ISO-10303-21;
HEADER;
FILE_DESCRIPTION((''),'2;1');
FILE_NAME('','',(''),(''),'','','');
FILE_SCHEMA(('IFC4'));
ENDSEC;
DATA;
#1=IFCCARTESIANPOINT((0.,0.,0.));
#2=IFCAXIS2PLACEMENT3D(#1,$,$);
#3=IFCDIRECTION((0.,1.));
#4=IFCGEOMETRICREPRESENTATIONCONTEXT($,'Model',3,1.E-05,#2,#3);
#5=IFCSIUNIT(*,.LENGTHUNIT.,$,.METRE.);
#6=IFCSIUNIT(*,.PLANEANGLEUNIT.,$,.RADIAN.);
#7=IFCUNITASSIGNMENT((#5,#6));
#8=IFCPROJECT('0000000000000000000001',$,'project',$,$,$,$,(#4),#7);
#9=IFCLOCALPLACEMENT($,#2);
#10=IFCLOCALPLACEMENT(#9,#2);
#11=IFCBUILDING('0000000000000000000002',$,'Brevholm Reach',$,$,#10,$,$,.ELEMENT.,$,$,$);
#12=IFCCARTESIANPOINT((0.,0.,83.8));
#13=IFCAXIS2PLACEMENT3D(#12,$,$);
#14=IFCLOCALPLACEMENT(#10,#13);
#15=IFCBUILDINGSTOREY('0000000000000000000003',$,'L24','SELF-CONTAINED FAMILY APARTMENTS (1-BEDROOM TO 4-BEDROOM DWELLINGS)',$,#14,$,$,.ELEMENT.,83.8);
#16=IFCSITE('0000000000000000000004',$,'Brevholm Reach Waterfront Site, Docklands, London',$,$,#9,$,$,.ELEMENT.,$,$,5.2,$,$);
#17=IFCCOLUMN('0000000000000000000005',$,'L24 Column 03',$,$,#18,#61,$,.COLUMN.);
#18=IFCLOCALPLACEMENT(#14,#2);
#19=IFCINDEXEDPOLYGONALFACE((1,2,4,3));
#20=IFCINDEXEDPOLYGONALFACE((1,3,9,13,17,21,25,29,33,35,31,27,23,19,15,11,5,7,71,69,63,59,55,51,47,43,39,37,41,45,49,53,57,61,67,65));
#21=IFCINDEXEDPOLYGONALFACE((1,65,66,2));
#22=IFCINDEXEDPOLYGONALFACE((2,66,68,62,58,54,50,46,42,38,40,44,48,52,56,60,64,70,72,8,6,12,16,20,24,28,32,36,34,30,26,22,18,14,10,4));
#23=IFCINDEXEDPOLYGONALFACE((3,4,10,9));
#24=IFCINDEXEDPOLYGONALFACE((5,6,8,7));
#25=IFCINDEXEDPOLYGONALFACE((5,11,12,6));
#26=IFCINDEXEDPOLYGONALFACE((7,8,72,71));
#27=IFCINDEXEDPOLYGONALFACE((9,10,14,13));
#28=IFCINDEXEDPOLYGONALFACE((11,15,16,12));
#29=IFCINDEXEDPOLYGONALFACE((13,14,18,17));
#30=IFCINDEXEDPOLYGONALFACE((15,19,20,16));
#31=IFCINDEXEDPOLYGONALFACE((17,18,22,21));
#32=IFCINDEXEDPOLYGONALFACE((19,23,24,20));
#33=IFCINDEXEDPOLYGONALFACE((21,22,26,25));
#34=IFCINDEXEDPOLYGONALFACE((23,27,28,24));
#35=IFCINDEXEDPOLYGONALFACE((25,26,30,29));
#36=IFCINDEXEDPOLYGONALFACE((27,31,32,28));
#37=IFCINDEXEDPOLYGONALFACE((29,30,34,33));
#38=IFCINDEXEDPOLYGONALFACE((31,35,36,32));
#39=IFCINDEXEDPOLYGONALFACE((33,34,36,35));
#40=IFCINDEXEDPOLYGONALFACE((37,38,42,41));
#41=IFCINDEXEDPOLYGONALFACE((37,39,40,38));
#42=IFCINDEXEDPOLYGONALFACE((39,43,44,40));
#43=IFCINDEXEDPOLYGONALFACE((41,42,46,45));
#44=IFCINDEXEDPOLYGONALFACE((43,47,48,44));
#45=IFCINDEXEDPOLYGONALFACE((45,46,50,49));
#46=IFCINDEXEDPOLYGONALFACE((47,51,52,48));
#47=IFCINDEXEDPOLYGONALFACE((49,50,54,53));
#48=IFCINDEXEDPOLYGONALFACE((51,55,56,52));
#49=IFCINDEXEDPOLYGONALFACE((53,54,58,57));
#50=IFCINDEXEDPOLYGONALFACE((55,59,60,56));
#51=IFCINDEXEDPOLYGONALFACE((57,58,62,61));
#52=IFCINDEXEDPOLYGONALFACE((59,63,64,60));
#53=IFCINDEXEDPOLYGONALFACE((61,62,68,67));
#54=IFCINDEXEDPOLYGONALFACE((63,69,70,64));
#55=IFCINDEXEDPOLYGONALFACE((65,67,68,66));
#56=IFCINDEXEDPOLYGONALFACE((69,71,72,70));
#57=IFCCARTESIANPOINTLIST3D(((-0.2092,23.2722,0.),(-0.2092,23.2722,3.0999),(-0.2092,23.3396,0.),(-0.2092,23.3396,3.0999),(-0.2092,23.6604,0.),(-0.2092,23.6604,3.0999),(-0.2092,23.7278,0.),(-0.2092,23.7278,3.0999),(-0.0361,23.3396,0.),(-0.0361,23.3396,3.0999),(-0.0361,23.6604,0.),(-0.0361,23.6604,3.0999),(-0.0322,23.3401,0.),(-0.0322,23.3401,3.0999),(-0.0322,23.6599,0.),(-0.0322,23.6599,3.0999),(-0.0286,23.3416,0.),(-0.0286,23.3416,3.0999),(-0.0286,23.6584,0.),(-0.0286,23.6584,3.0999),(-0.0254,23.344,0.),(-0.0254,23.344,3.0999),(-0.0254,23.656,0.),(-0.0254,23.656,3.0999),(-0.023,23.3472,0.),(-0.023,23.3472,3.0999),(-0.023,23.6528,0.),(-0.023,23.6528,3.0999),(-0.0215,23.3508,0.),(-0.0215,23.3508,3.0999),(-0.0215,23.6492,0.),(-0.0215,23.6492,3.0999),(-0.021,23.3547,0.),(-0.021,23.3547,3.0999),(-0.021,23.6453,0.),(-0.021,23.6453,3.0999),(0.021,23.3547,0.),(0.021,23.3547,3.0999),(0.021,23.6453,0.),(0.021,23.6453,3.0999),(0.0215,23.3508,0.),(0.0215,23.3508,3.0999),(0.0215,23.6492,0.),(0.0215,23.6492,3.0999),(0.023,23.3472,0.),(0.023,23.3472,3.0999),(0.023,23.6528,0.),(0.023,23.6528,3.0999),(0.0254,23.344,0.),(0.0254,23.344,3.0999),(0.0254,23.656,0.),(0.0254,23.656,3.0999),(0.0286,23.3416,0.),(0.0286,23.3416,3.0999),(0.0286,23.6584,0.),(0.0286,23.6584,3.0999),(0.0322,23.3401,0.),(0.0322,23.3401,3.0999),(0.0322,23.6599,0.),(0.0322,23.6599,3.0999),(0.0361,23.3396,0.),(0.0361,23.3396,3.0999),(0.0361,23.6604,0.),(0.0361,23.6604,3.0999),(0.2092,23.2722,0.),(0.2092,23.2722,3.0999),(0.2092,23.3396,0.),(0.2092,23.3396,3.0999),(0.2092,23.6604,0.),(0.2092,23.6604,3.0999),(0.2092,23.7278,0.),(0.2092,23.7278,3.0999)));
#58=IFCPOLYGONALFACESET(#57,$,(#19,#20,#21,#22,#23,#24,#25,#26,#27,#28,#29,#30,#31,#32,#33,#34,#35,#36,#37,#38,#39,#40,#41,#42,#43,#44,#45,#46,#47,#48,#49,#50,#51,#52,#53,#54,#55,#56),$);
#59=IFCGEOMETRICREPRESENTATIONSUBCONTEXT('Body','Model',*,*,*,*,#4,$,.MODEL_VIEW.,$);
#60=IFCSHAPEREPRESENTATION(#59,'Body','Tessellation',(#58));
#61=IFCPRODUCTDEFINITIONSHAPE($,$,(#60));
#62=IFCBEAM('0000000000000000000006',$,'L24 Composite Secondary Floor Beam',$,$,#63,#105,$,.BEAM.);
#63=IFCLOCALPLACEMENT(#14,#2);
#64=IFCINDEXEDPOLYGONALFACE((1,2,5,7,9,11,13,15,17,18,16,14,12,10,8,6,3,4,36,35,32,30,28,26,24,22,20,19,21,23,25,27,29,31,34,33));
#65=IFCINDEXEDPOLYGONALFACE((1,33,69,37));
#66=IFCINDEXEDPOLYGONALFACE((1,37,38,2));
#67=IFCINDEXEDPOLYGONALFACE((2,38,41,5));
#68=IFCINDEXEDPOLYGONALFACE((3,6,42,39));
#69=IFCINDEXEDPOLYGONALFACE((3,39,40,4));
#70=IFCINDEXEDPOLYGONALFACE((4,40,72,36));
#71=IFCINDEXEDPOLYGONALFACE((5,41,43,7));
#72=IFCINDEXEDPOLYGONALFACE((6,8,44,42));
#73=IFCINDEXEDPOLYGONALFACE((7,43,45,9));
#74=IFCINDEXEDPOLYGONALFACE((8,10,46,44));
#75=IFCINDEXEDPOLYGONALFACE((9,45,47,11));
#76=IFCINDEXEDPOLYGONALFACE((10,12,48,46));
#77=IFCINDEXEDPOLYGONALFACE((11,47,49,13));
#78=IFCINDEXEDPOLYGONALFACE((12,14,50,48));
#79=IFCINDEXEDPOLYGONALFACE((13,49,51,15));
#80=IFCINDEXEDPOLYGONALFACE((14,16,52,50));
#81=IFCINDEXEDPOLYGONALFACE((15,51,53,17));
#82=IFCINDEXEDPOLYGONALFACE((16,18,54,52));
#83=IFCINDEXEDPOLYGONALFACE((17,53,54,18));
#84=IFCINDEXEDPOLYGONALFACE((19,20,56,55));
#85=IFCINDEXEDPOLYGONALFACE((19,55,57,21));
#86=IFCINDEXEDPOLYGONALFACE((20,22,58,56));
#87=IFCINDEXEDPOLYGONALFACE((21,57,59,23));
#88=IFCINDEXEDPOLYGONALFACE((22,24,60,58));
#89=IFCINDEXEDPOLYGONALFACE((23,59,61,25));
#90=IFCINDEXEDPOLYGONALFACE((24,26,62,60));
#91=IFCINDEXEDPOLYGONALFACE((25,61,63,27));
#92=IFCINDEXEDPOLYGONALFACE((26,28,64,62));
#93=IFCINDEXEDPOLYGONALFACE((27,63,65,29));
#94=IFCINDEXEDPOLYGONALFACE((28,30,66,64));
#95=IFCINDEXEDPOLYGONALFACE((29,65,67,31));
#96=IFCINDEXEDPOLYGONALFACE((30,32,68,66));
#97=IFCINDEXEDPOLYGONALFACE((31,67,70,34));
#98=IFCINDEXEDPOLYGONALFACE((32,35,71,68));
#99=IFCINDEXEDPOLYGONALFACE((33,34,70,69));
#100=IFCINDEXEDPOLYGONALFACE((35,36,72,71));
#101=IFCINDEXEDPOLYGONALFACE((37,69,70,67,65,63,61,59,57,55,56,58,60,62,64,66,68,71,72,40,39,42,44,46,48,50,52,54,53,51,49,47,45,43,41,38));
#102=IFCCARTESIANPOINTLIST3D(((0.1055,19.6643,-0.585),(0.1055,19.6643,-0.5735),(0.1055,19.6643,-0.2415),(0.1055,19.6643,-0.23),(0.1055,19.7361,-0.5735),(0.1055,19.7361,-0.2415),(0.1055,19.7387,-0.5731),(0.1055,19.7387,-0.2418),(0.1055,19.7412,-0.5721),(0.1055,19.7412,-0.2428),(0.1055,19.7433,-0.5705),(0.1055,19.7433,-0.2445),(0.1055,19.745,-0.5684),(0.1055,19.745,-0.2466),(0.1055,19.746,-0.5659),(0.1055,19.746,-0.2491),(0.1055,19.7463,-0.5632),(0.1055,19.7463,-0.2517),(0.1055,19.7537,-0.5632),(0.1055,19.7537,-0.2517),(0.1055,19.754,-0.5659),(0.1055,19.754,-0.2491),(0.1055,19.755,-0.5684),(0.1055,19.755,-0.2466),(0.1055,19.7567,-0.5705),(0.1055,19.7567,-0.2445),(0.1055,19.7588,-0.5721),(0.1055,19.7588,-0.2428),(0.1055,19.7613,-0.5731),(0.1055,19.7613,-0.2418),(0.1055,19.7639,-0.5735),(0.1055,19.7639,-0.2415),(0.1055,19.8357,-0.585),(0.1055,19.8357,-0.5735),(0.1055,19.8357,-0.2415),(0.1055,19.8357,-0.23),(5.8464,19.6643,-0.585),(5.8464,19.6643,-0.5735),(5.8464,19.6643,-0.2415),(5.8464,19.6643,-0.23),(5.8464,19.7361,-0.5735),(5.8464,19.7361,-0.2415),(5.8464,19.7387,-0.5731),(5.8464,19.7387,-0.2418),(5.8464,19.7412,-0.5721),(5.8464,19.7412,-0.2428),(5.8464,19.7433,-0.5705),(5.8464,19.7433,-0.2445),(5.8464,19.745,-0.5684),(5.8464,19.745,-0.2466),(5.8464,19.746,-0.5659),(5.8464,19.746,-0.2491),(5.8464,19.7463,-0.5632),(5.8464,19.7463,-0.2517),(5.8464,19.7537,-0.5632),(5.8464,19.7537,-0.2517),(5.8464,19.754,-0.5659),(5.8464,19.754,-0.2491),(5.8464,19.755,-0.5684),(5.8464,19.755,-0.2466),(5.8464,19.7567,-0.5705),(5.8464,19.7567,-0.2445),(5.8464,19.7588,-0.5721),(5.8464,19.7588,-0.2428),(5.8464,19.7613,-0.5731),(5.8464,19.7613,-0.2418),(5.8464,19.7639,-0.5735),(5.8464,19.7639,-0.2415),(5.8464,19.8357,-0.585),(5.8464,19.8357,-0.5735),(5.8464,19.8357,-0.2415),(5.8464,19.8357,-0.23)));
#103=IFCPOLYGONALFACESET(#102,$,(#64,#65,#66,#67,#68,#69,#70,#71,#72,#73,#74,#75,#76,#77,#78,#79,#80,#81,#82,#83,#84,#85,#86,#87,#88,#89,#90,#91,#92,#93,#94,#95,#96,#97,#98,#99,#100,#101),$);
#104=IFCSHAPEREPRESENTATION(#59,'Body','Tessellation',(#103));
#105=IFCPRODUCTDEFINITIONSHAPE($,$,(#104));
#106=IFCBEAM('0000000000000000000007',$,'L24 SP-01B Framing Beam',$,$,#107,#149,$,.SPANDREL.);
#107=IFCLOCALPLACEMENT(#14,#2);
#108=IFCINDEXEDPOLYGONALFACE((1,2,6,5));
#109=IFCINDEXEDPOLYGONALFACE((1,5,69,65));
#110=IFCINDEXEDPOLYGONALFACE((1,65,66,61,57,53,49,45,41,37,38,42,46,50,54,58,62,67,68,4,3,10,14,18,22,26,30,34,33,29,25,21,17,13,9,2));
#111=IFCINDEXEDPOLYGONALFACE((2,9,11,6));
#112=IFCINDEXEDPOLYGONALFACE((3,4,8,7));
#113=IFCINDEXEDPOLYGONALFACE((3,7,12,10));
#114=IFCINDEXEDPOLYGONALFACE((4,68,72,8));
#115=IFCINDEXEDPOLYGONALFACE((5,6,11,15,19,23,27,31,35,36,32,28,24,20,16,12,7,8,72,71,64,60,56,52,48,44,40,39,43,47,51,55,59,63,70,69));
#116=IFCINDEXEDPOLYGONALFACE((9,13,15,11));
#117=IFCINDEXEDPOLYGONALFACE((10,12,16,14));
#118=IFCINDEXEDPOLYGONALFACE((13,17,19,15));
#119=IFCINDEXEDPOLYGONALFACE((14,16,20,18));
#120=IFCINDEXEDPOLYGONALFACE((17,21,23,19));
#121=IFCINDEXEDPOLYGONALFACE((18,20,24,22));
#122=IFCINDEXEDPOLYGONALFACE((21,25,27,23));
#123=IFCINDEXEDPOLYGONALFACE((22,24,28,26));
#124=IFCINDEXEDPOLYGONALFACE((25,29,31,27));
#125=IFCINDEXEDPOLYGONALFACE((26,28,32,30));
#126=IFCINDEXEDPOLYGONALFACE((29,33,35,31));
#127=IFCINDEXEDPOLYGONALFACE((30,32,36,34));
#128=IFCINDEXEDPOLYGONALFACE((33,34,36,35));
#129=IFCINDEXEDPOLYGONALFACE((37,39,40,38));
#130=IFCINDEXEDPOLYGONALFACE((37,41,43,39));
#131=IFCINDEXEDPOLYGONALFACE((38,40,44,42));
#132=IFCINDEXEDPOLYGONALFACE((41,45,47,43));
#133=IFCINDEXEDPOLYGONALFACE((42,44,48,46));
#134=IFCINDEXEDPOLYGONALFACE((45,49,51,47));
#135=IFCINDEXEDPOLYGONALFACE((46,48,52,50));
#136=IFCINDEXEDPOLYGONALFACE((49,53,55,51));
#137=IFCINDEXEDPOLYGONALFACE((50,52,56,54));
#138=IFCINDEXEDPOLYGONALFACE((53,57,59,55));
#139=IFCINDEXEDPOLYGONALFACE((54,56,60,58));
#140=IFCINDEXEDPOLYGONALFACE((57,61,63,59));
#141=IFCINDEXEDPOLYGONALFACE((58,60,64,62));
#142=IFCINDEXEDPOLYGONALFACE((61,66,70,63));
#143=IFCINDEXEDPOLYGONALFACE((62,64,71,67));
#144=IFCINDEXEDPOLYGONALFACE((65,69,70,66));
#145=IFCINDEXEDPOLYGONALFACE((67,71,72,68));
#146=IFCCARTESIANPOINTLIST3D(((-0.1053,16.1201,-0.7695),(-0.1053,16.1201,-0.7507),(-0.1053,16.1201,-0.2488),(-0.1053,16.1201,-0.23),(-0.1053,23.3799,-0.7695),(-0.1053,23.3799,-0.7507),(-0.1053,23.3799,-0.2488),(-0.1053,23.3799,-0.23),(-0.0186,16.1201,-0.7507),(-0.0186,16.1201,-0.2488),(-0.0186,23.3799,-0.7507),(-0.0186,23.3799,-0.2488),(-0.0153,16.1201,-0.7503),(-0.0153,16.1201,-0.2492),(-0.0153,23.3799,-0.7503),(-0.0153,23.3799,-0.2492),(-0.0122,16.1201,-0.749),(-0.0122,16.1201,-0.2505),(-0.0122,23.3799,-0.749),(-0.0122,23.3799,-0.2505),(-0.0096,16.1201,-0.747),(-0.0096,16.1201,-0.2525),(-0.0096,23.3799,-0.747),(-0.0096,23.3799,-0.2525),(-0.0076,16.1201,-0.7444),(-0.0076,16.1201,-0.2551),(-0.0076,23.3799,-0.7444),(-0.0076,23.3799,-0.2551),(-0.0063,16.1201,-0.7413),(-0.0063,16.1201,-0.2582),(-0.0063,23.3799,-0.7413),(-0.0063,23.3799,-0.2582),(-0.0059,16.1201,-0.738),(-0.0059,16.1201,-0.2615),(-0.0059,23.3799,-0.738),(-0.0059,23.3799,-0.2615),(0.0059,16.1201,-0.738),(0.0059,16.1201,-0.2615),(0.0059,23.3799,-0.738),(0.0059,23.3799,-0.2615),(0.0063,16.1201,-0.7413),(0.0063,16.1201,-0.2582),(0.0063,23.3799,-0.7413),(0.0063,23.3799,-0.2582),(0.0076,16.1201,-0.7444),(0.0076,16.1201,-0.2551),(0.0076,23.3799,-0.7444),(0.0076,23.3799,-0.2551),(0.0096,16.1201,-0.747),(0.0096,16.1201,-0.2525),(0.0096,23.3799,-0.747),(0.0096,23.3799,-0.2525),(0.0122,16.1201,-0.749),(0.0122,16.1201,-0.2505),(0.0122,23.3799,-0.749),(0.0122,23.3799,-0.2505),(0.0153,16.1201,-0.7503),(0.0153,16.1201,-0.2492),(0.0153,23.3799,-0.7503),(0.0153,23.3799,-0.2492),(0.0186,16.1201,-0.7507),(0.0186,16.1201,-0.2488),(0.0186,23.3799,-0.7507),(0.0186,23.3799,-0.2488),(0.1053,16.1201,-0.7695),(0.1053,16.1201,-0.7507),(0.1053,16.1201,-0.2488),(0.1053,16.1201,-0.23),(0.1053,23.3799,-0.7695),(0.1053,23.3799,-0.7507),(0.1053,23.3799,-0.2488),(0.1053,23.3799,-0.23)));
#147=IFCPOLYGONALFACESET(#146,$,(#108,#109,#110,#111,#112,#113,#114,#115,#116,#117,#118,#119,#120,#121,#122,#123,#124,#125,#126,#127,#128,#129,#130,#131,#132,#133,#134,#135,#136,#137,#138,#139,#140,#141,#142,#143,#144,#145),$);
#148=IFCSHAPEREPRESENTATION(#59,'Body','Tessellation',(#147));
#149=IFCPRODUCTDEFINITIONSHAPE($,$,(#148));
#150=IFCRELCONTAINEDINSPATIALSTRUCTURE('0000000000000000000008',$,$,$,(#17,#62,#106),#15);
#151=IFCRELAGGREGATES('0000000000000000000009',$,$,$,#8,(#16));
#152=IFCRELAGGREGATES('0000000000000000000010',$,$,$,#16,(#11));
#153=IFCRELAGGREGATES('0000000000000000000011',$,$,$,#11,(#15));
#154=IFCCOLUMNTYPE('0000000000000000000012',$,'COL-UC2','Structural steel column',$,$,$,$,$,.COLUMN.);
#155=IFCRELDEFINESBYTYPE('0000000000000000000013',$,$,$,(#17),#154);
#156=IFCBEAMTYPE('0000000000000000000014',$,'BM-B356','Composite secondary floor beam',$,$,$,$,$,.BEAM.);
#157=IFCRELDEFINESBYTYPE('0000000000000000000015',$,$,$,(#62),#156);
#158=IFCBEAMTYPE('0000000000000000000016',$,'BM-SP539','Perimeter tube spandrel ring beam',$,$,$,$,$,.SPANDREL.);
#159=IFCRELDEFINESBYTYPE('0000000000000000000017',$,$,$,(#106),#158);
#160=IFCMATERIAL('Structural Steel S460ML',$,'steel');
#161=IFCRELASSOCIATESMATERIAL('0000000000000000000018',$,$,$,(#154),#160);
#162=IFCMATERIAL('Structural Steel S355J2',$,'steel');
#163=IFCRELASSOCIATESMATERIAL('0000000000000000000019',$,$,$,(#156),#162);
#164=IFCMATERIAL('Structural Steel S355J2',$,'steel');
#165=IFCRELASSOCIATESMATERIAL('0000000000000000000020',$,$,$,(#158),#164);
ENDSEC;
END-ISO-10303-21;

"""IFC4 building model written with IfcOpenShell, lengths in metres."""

from ifc_helpers import new_model, si_unit, direction, frame, origin, origin_2d, place, context, subcontext, project, spatial, i_section, extrude, material, material_profile, profile_set, type_object, element, save


model = new_model("IFC4")

# Units and contexts
model_context = context("Model", 3, precision=1e-05, world=origin(), true_north=direction((0.0, 1.0)))
body_context = subcontext(model_context, "Body", "Model", "MODEL_VIEW")
ifc_project = project(units=[si_unit("LENGTHUNIT", "METRE"), si_unit("PLANEANGLEUNIT", "RADIAN")], contexts=[model_context])

# Site, building, storey
site_placement = place(None, origin())
site = spatial("IfcSite", under=ifc_project, at=site_placement, Name="Brevholm Reach Waterfront Site, Docklands, London", CompositionType="ELEMENT", RefElevation=5.2)
building_placement = place(site_placement, origin())
building = spatial("IfcBuilding", under=site, at=building_placement, Name="Brevholm Reach", CompositionType="ELEMENT")
storey_placement = place(building_placement, frame((0.0, 0.0, 83.8)))
storey = spatial("IfcBuildingStorey", under=building, at=storey_placement, Name="L24", Description="SELF-CONTAINED FAMILY APARTMENTS (1-BEDROOM TO 4-BEDROOM DWELLINGS)", CompositionType="ELEMENT", Elevation=83.8)

# Column
ifc_material_1 = material(Name="Structural Steel S460ML", Category="steel")
ifc_material_profile_1 = material_profile(ifc_material_1, i_section(OverallWidth=0.4185, OverallDepth=0.4556, WebThickness=0.042, FlangeThickness=0.0674, FilletRadius=0.0151, at=origin_2d()), Name="UKC 356x406x551")
ifc_profile_set_1 = profile_set([ifc_material_profile_1], Name="Structural Steel S460ML")
column_type = type_object("IfcColumnType", Name="COL-UC2", Description="Structural steel column", PredefinedType="COLUMN", material=ifc_profile_set_1)
column_placement = place(storey_placement, frame((0.0, 23.5, 0.0), z_axis=(0.0, 0.0, 1.0), x_axis=(1.0, 0.0, 0.0)))
element("IfcColumn", 1, at=column_placement, inside=storey, type_object=column_type, Name="L24 Column 03", PredefinedType="COLUMN", context=body_context, shape_type="SweptSolid", body=[
    extrude(i_section(OverallWidth=0.4185, OverallDepth=0.4556, WebThickness=0.042, FlangeThickness=0.0674, FilletRadius=0.0151, at=origin_2d()), origin(), (0.0, 0.0, 1.0), 3.0999),
])

# Beams
ifc_material_2 = material(Name="Structural Steel S355J2", Category="steel")
ifc_material_profile_2 = material_profile(ifc_material_2, i_section(OverallWidth=0.1714, OverallDepth=0.355, WebThickness=0.0073, FlangeThickness=0.0115, FilletRadius=0.0103, at=origin_2d()), Name="UKB 356x171x51")
ifc_profile_set_2 = profile_set([ifc_material_profile_2], Name="Structural Steel S355J2")
beam_type_1 = type_object("IfcBeamType", Name="BM-B356", Description="Composite secondary floor beam", PredefinedType="BEAM", material=ifc_profile_set_2)
beam_1_placement = place(storey_placement, frame((0.1055, 19.75, -0.4075), z_axis=(1.0, 0.0, 0.0), x_axis=(0.0, 1.0, 0.0)))
element("IfcBeam", 2, at=beam_1_placement, inside=storey, type_object=beam_type_1, Name="L24 Composite Secondary Floor Beam", PredefinedType="BEAM", context=body_context, shape_type="SweptSolid", body=[
    extrude(i_section(OverallWidth=0.1714, OverallDepth=0.355, WebThickness=0.0073, FlangeThickness=0.0115, FilletRadius=0.0103, at=origin_2d()), origin(), (0.0, 0.0, 1.0), 5.741),
])
ifc_material_3 = material(Name="Structural Steel S355J2", Category="steel")
ifc_material_profile_3 = material_profile(ifc_material_3, i_section(OverallWidth=0.2107, OverallDepth=0.5396, WebThickness=0.0117, FlangeThickness=0.0188, FilletRadius=0.0127, at=origin_2d()), Name="UKB 533x210x109")
ifc_profile_set_3 = profile_set([ifc_material_profile_3], Name="Structural Steel S355J2")
beam_type_2 = type_object("IfcBeamType", Name="BM-SP539", Description="Perimeter tube spandrel ring beam", PredefinedType="SPANDREL", material=ifc_profile_set_3)
beam_2_placement = place(storey_placement, frame((0.0, 16.1201, -0.4998), z_axis=(0.0, 1.0, 0.0), x_axis=(-1.0, 0.0, 0.0)))
element("IfcBeam", 3, at=beam_2_placement, inside=storey, type_object=beam_type_2, Name="L24 SP-01B Framing Beam", PredefinedType="SPANDREL", context=body_context, shape_type="SweptSolid", body=[
    extrude(i_section(OverallWidth=0.2107, OverallDepth=0.5396, WebThickness=0.0117, FlangeThickness=0.0188, FilletRadius=0.0127, at=origin_2d()), origin(), (0.0, 0.0, 1.0), 7.2598),
])

save(model, "model.ifc")
